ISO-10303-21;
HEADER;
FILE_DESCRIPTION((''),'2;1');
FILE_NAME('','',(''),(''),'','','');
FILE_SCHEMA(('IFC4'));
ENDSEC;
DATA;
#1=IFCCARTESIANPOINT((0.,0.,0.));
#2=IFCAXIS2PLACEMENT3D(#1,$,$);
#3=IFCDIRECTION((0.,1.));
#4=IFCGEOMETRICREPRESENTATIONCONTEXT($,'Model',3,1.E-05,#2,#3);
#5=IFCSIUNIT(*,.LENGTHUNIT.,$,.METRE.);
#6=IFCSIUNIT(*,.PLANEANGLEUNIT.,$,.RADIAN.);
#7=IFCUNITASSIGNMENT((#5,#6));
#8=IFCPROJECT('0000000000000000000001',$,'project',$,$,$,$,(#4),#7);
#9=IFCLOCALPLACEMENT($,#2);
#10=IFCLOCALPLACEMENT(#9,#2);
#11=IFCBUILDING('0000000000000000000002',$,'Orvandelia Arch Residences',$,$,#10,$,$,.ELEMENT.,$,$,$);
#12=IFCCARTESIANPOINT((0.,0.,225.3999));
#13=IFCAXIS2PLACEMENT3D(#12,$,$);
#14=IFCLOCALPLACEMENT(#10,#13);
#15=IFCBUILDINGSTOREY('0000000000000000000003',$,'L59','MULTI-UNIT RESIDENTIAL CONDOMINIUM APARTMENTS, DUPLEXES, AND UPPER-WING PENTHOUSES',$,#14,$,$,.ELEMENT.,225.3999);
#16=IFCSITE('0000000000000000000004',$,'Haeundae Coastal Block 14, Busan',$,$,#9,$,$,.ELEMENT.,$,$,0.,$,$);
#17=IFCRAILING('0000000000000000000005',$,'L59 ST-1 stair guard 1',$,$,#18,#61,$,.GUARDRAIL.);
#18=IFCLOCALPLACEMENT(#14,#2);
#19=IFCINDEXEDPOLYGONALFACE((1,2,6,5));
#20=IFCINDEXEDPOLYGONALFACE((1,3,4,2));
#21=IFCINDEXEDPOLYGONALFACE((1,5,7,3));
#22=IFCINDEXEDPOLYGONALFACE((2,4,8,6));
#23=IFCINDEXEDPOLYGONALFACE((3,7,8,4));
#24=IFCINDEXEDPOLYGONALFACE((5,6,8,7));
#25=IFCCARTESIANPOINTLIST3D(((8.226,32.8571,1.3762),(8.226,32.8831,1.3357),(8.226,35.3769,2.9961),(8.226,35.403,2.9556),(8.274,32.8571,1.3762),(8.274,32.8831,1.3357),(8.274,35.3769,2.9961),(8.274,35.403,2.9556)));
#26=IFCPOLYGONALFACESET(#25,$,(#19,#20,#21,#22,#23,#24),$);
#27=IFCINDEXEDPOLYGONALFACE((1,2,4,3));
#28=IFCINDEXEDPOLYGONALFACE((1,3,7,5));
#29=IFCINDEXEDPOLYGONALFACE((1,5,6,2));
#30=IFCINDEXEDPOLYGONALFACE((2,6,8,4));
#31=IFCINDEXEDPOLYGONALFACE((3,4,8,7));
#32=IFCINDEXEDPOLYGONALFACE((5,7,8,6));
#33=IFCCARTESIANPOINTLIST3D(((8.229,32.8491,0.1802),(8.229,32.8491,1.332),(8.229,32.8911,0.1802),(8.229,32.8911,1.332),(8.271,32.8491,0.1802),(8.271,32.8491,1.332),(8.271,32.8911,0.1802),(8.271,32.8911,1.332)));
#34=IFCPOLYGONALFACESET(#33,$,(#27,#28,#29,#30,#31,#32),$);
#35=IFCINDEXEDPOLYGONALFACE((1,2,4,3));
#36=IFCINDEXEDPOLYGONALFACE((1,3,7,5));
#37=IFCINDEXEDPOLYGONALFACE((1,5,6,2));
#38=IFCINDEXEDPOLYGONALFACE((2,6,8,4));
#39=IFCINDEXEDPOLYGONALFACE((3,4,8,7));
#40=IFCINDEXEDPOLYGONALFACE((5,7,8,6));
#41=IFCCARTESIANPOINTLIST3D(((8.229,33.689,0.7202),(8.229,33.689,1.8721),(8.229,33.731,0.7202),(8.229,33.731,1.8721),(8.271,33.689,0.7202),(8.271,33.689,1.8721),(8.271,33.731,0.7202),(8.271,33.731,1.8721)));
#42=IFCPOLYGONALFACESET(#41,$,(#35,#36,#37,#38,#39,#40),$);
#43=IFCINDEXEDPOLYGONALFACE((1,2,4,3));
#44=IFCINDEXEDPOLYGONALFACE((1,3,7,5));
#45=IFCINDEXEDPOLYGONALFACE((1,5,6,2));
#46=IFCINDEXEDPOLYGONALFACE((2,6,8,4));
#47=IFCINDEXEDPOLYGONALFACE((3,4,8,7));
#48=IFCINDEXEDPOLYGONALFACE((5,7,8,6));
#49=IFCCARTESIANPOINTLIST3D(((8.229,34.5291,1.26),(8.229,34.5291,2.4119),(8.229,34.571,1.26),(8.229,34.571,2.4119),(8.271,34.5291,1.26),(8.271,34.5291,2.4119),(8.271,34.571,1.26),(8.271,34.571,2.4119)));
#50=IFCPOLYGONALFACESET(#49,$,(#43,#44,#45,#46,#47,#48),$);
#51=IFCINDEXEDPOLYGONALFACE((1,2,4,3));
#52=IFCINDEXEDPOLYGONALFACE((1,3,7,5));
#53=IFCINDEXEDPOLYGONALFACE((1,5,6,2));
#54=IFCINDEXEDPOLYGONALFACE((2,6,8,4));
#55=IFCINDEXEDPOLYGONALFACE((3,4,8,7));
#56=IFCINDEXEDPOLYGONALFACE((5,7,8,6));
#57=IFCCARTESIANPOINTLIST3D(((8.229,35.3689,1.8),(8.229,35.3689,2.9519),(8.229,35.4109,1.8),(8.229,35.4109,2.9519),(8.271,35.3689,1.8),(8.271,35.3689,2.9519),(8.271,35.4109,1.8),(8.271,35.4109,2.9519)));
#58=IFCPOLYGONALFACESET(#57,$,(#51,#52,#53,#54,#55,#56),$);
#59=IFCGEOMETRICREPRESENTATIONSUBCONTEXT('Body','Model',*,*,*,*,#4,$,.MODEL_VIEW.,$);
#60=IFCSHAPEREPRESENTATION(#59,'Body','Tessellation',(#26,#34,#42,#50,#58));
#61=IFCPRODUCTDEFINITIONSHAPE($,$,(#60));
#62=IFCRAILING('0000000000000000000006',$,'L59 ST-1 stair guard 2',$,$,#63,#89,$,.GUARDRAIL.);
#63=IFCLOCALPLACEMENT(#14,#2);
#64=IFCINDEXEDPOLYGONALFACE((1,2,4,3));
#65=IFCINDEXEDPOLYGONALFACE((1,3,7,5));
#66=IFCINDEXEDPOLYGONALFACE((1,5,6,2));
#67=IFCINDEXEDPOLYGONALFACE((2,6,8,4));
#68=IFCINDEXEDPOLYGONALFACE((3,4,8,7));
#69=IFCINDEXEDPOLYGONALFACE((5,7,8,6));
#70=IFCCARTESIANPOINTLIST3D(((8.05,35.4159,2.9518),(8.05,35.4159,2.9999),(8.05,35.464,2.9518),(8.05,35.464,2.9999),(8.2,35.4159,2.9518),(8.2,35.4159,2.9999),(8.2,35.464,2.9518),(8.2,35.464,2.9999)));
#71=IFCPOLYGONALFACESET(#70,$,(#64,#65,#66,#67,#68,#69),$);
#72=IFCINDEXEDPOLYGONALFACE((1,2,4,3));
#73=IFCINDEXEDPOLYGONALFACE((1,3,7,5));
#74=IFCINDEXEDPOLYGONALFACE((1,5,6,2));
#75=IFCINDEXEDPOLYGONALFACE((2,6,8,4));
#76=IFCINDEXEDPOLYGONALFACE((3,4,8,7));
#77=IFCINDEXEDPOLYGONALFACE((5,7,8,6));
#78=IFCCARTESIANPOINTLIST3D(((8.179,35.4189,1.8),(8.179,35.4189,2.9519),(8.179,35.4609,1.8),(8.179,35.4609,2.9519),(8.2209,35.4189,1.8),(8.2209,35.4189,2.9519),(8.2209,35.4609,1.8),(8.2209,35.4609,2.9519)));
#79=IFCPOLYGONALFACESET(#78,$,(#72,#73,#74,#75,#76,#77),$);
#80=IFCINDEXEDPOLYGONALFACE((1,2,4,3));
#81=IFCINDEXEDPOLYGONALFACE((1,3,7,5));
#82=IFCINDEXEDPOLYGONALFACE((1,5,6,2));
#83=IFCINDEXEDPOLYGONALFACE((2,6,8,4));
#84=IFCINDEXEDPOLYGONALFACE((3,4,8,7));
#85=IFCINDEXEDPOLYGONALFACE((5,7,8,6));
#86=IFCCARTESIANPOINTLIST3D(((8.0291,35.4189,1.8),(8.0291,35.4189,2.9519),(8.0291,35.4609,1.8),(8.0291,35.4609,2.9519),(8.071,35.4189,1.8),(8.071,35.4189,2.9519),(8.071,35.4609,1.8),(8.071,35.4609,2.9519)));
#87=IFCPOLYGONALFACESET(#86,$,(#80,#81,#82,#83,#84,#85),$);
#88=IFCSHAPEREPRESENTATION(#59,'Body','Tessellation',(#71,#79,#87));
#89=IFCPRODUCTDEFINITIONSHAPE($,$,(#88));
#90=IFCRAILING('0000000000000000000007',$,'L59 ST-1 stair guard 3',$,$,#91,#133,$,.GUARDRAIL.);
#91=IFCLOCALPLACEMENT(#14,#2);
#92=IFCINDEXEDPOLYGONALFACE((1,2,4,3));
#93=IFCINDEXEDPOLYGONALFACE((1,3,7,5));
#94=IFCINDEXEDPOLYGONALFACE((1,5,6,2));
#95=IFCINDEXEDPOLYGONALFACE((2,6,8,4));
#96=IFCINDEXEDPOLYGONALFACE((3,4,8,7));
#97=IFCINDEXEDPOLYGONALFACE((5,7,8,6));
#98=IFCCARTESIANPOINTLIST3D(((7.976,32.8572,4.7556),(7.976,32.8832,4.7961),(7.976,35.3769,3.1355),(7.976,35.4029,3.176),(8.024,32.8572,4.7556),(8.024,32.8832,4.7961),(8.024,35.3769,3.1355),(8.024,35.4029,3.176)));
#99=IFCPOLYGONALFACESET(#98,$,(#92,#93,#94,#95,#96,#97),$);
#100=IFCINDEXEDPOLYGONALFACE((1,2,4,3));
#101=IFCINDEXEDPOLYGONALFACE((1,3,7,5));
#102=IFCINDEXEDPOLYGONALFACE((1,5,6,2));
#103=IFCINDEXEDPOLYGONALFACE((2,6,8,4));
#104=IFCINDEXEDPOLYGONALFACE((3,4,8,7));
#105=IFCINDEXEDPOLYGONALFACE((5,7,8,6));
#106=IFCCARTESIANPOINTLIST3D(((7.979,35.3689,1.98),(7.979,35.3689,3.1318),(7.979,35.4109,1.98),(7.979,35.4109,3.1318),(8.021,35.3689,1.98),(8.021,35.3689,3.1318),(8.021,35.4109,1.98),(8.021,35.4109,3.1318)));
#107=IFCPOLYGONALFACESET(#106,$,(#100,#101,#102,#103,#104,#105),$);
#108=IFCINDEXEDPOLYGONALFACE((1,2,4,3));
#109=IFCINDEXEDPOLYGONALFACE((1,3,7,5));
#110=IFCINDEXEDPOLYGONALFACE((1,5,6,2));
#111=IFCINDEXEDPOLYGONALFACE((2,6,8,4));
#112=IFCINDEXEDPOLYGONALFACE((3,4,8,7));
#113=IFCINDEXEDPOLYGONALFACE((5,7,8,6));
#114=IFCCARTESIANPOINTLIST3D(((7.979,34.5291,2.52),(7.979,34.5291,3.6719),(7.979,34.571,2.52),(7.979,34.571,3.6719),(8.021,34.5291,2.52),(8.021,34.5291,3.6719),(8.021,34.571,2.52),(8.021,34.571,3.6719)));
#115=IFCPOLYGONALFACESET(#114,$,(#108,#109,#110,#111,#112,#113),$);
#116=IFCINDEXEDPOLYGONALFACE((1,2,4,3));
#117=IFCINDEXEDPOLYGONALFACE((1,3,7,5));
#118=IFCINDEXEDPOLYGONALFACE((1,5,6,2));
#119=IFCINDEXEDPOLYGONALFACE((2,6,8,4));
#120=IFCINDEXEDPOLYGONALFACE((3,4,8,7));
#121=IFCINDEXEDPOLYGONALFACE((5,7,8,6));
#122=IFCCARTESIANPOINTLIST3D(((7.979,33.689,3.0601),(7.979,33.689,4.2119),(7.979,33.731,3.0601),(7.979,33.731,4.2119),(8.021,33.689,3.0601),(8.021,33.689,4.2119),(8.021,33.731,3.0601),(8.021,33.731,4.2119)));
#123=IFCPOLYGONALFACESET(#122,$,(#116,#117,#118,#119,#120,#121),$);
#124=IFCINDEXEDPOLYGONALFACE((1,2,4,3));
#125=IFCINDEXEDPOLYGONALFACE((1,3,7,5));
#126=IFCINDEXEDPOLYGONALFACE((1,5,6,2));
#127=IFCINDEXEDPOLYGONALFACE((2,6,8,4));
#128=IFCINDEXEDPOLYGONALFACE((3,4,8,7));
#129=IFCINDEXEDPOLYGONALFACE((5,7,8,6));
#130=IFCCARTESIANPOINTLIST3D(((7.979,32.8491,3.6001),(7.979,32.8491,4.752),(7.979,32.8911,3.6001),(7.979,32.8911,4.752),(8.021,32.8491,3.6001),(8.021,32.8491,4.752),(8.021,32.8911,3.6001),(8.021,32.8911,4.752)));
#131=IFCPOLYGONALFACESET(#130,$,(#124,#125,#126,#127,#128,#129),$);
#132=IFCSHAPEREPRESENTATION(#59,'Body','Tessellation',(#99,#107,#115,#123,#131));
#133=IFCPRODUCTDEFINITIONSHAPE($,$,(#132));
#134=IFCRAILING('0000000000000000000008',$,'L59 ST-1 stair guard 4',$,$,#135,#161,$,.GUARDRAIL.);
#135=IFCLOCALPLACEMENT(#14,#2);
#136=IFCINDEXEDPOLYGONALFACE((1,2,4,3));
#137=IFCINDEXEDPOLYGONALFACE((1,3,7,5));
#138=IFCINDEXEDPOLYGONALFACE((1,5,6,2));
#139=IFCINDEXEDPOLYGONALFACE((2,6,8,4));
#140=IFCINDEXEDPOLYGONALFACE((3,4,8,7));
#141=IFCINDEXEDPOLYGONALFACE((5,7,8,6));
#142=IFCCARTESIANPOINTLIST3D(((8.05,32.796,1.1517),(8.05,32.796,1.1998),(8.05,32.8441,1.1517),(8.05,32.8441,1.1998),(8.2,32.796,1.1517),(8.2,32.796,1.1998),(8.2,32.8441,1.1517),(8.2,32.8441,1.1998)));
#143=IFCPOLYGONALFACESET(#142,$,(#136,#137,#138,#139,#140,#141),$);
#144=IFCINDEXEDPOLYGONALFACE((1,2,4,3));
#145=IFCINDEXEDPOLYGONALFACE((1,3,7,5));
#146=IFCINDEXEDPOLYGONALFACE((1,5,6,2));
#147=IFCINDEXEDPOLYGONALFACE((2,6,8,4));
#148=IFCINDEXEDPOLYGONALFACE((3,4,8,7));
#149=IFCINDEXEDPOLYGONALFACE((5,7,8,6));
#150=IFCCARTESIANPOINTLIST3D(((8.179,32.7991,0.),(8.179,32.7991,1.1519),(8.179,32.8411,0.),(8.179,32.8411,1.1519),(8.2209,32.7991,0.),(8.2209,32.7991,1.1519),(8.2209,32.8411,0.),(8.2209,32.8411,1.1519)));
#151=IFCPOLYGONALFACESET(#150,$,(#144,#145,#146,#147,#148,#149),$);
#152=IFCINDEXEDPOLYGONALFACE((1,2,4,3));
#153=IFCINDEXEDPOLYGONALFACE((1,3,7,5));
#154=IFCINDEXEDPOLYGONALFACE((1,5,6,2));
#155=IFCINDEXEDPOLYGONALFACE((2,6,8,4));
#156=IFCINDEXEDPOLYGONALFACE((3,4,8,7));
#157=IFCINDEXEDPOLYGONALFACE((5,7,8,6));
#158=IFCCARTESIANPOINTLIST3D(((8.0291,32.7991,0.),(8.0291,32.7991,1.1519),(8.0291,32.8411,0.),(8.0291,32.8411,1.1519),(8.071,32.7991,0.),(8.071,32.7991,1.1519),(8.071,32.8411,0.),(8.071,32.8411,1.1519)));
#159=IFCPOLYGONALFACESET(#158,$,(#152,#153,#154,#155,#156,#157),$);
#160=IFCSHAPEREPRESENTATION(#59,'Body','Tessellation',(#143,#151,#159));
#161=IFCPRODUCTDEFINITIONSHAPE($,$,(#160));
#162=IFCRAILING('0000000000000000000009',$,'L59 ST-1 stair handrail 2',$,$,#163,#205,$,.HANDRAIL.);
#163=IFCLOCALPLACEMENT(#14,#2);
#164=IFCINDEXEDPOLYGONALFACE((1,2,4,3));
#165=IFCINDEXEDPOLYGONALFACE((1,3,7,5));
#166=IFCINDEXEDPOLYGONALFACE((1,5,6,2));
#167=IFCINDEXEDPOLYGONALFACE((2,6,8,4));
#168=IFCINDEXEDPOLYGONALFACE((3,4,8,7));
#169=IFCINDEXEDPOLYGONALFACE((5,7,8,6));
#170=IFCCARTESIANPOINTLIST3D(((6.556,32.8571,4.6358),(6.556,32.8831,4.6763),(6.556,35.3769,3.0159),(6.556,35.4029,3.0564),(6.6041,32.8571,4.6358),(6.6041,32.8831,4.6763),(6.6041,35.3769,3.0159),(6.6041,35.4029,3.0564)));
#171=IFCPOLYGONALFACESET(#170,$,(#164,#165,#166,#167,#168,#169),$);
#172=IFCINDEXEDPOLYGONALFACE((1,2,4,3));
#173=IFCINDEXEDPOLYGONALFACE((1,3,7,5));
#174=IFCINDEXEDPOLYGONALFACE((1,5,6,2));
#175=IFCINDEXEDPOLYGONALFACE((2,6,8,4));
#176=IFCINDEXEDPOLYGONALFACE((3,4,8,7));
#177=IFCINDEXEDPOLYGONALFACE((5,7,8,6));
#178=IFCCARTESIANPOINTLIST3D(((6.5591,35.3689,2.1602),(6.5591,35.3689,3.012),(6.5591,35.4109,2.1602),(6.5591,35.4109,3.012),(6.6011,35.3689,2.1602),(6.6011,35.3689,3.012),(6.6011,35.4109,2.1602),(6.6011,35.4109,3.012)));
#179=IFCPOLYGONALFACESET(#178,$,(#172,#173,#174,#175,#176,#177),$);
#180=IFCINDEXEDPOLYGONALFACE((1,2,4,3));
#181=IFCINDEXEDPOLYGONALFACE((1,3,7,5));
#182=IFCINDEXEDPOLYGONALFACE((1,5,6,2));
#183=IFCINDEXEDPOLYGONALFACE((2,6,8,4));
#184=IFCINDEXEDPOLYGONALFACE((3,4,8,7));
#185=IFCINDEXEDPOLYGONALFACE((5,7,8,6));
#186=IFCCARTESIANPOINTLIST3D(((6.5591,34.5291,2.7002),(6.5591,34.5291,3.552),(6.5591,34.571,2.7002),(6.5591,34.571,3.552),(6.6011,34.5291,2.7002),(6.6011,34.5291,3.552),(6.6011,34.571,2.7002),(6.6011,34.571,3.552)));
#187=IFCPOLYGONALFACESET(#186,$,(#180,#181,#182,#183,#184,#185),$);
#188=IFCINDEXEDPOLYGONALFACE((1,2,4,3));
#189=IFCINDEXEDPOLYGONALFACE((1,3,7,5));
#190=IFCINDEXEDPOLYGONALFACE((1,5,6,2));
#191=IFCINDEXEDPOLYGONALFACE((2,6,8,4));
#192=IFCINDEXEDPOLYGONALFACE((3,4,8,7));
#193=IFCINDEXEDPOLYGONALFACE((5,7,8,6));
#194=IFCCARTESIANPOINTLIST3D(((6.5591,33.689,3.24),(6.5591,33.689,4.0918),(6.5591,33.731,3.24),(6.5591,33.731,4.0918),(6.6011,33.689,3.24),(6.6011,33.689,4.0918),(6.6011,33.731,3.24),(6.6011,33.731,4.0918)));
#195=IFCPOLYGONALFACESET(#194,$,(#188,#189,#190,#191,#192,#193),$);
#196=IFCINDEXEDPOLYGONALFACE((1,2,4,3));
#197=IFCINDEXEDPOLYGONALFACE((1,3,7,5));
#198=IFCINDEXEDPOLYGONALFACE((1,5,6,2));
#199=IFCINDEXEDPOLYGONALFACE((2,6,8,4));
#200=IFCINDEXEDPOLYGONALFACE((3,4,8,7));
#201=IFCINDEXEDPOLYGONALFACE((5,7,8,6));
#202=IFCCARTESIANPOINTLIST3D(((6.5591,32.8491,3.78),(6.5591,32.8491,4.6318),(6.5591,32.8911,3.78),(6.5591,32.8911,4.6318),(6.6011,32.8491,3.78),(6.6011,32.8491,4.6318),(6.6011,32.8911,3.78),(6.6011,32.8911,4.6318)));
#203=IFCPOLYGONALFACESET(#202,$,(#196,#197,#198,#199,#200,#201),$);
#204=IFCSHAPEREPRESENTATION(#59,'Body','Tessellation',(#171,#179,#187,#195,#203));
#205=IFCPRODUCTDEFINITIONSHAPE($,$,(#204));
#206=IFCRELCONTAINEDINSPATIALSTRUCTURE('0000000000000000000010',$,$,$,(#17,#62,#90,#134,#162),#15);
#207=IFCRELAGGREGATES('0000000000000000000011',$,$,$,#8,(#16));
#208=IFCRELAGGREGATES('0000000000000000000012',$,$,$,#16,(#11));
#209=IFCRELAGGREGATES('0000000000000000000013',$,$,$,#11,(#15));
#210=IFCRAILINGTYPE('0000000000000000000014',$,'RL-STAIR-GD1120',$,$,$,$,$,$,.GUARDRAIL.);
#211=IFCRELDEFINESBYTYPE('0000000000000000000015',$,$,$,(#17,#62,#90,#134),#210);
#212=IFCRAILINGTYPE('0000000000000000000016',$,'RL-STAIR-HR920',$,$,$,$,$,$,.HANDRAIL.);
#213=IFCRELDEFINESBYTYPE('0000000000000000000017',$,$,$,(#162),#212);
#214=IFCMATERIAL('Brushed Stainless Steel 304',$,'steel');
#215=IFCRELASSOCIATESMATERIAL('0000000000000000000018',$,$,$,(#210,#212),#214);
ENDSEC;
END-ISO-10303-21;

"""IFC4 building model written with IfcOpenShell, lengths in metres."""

from ifc_helpers import new_model, si_unit, direction, frame, origin, origin_2d, place, context, subcontext, project, spatial, rectangle, extrude, material, type_object, element, save


model = new_model("IFC4")

# Units and contexts
model_context = context("Model", 3, precision=1e-05, world=origin(), true_north=direction((0.0, 1.0)))
body_context = subcontext(model_context, "Body", "Model", "MODEL_VIEW")
ifc_project = project(units=[si_unit("LENGTHUNIT", "METRE"), si_unit("PLANEANGLEUNIT", "RADIAN")], contexts=[model_context])

# Site, building, storey
site_placement = place(None, origin())
site = spatial("IfcSite", under=ifc_project, at=site_placement, Name="Haeundae Coastal Block 14, Busan", CompositionType="ELEMENT", RefElevation=0.0)
building_placement = place(site_placement, origin())
building = spatial("IfcBuilding", under=site, at=building_placement, Name="Orvandelia Arch Residences", CompositionType="ELEMENT")
storey_placement = place(building_placement, frame((0.0, 0.0, 225.3999)))
storey = spatial("IfcBuildingStorey", under=building, at=storey_placement, Name="L59", Description="MULTI-UNIT RESIDENTIAL CONDOMINIUM APARTMENTS, DUPLEXES, AND UPPER-WING PENTHOUSES", CompositionType="ELEMENT", Elevation=225.3999)

# Railings
ifc_material_1 = material(Name="Brushed Stainless Steel 304", Category="steel")
railing_type_1 = type_object("IfcRailingType", Name="RL-STAIR-GD1120", PredefinedType="GUARDRAIL", material=ifc_material_1)
railing_1_placement = place(storey_placement, frame((8.25, 32.8701, 0.1802)))
element("IfcRailing", 1, at=railing_1_placement, inside=storey, type_object=railing_type_1, Name="L59 ST-1 stair guard 1", PredefinedType="GUARDRAIL", context=body_context, shape_type="SweptSolid", body=[
    extrude(rectangle(XDim=0.0481, YDim=0.0481, at=origin_2d()), frame((0.0, 0.0, 1.1758), z_axis=(0.0, 0.841176, 0.540762), x_axis=(-1.0, 0.0, 0.0)), (0.0, 0.0, 1.0), 2.9956),
    extrude(rectangle(XDim=0.042, YDim=0.042, at=origin_2d()), origin(), (0.0, 0.0, 1.0), 1.1519),
    extrude(rectangle(XDim=0.042, YDim=0.042, at=origin_2d()), frame((0.0, 0.8398, 0.54)), (0.0, 0.0, 1.0), 1.1519),
    extrude(rectangle(XDim=0.042, YDim=0.042, at=origin_2d()), frame((0.0, 1.6799, 1.0798)), (0.0, 0.0, 1.0), 1.1519),
    extrude(rectangle(XDim=0.042, YDim=0.042, at=origin_2d()), frame((0.0, 2.5198, 1.6199)), (0.0, 0.0, 1.0), 1.1519),
])
railing_2_placement = place(storey_placement, frame((8.2, 35.4399, 1.8)))
element("IfcRailing", 2, at=railing_2_placement, inside=storey, type_object=railing_type_1, Name="L59 ST-1 stair guard 2", PredefinedType="GUARDRAIL", context=body_context, shape_type="SweptSolid", body=[
    extrude(rectangle(XDim=0.0481, YDim=0.0481, at=origin_2d()), frame((0.0, 0.0, 1.1758), z_axis=(-1.0, 0.0, 0.0), x_axis=(0.0, -1.0, 0.0)), (0.0, 0.0, 1.0), 0.1499),
    extrude(rectangle(XDim=0.042, YDim=0.042, at=origin_2d()), origin(), (0.0, 0.0, 1.0), 1.1519),
    extrude(rectangle(XDim=0.042, YDim=0.042, at=origin_2d()), frame((-0.1499, 0.0, 0.0)), (0.0, 0.0, 1.0), 1.1519),
])
railing_3_placement = place(storey_placement, frame((8.0, 35.3899, 1.98)))
element("IfcRailing", 3, at=railing_3_placement, inside=storey, type_object=railing_type_1, Name="L59 ST-1 stair guard 3", PredefinedType="GUARDRAIL", context=body_context, shape_type="SweptSolid", body=[
    extrude(rectangle(XDim=0.0481, YDim=0.0481, at=origin_2d()), frame((0.0, 0.0, 1.1758), z_axis=(0.0, -0.841139, 0.540819), x_axis=(1.0, 0.0, 0.0)), (0.0, 0.0, 1.0), 2.9956),
    extrude(rectangle(XDim=0.042, YDim=0.042, at=origin_2d()), origin(), (0.0, 0.0, 1.0), 1.1519),
    extrude(rectangle(XDim=0.042, YDim=0.042, at=origin_2d()), frame((0.0, -0.8398, 0.54)), (0.0, 0.0, 1.0), 1.1519),
    extrude(rectangle(XDim=0.042, YDim=0.042, at=origin_2d()), frame((0.0, -1.6799, 1.0801)), (0.0, 0.0, 1.0), 1.1519),
    extrude(rectangle(XDim=0.042, YDim=0.042, at=origin_2d()), frame((0.0, -2.5198, 1.6201)), (0.0, 0.0, 1.0), 1.1519),
])
railing_4_placement = place(storey_placement, frame((8.2, 32.8201, 0.0)))
element("IfcRailing", 4, at=railing_4_placement, inside=storey, type_object=railing_type_1, Name="L59 ST-1 stair guard 4", PredefinedType="GUARDRAIL", context=body_context, shape_type="SweptSolid", body=[
    extrude(rectangle(XDim=0.0481, YDim=0.0481, at=origin_2d()), frame((0.0, 0.0, 1.1758), z_axis=(-1.0, 0.0, 0.0), x_axis=(0.0, -1.0, 0.0)), (0.0, 0.0, 1.0), 0.1499),
    extrude(rectangle(XDim=0.042, YDim=0.042, at=origin_2d()), origin(), (0.0, 0.0, 1.0), 1.1519),
    extrude(rectangle(XDim=0.042, YDim=0.042, at=origin_2d()), frame((-0.1499, 0.0, 0.0)), (0.0, 0.0, 1.0), 1.1519),
])
railing_type_2 = type_object("IfcRailingType", Name="RL-STAIR-HR920", PredefinedType="HANDRAIL", material=ifc_material_1)
railing_5_placement = place(storey_placement, frame((6.5801, 35.3899, 2.1602)))
element("IfcRailing", 5, at=railing_5_placement, inside=storey, type_object=railing_type_2, Name="L59 ST-1 stair handrail 2", PredefinedType="HANDRAIL", context=body_context, shape_type="SweptSolid", body=[
    extrude(rectangle(XDim=0.0481, YDim=0.0481, at=origin_2d()), frame((0.0, 0.0, 0.876), z_axis=(0.0, -0.841176, 0.540762), x_axis=(1.0, 0.0, 0.0)), (0.0, 0.0, 1.0), 2.9956),
    extrude(rectangle(XDim=0.042, YDim=0.042, at=origin_2d()), origin(), (0.0, 0.0, 1.0), 0.8518),
    extrude(rectangle(XDim=0.042, YDim=0.042, at=origin_2d()), frame((0.0, -0.8398, 0.54)), (0.0, 0.0, 1.0), 0.8518),
    extrude(rectangle(XDim=0.042, YDim=0.042, at=origin_2d()), frame((0.0, -1.6799, 1.0798)), (0.0, 0.0, 1.0), 0.8518),
    extrude(rectangle(XDim=0.042, YDim=0.042, at=origin_2d()), frame((0.0, -2.5198, 1.6199)), (0.0, 0.0, 1.0), 0.8518),
])

save(model, "model.ifc")
